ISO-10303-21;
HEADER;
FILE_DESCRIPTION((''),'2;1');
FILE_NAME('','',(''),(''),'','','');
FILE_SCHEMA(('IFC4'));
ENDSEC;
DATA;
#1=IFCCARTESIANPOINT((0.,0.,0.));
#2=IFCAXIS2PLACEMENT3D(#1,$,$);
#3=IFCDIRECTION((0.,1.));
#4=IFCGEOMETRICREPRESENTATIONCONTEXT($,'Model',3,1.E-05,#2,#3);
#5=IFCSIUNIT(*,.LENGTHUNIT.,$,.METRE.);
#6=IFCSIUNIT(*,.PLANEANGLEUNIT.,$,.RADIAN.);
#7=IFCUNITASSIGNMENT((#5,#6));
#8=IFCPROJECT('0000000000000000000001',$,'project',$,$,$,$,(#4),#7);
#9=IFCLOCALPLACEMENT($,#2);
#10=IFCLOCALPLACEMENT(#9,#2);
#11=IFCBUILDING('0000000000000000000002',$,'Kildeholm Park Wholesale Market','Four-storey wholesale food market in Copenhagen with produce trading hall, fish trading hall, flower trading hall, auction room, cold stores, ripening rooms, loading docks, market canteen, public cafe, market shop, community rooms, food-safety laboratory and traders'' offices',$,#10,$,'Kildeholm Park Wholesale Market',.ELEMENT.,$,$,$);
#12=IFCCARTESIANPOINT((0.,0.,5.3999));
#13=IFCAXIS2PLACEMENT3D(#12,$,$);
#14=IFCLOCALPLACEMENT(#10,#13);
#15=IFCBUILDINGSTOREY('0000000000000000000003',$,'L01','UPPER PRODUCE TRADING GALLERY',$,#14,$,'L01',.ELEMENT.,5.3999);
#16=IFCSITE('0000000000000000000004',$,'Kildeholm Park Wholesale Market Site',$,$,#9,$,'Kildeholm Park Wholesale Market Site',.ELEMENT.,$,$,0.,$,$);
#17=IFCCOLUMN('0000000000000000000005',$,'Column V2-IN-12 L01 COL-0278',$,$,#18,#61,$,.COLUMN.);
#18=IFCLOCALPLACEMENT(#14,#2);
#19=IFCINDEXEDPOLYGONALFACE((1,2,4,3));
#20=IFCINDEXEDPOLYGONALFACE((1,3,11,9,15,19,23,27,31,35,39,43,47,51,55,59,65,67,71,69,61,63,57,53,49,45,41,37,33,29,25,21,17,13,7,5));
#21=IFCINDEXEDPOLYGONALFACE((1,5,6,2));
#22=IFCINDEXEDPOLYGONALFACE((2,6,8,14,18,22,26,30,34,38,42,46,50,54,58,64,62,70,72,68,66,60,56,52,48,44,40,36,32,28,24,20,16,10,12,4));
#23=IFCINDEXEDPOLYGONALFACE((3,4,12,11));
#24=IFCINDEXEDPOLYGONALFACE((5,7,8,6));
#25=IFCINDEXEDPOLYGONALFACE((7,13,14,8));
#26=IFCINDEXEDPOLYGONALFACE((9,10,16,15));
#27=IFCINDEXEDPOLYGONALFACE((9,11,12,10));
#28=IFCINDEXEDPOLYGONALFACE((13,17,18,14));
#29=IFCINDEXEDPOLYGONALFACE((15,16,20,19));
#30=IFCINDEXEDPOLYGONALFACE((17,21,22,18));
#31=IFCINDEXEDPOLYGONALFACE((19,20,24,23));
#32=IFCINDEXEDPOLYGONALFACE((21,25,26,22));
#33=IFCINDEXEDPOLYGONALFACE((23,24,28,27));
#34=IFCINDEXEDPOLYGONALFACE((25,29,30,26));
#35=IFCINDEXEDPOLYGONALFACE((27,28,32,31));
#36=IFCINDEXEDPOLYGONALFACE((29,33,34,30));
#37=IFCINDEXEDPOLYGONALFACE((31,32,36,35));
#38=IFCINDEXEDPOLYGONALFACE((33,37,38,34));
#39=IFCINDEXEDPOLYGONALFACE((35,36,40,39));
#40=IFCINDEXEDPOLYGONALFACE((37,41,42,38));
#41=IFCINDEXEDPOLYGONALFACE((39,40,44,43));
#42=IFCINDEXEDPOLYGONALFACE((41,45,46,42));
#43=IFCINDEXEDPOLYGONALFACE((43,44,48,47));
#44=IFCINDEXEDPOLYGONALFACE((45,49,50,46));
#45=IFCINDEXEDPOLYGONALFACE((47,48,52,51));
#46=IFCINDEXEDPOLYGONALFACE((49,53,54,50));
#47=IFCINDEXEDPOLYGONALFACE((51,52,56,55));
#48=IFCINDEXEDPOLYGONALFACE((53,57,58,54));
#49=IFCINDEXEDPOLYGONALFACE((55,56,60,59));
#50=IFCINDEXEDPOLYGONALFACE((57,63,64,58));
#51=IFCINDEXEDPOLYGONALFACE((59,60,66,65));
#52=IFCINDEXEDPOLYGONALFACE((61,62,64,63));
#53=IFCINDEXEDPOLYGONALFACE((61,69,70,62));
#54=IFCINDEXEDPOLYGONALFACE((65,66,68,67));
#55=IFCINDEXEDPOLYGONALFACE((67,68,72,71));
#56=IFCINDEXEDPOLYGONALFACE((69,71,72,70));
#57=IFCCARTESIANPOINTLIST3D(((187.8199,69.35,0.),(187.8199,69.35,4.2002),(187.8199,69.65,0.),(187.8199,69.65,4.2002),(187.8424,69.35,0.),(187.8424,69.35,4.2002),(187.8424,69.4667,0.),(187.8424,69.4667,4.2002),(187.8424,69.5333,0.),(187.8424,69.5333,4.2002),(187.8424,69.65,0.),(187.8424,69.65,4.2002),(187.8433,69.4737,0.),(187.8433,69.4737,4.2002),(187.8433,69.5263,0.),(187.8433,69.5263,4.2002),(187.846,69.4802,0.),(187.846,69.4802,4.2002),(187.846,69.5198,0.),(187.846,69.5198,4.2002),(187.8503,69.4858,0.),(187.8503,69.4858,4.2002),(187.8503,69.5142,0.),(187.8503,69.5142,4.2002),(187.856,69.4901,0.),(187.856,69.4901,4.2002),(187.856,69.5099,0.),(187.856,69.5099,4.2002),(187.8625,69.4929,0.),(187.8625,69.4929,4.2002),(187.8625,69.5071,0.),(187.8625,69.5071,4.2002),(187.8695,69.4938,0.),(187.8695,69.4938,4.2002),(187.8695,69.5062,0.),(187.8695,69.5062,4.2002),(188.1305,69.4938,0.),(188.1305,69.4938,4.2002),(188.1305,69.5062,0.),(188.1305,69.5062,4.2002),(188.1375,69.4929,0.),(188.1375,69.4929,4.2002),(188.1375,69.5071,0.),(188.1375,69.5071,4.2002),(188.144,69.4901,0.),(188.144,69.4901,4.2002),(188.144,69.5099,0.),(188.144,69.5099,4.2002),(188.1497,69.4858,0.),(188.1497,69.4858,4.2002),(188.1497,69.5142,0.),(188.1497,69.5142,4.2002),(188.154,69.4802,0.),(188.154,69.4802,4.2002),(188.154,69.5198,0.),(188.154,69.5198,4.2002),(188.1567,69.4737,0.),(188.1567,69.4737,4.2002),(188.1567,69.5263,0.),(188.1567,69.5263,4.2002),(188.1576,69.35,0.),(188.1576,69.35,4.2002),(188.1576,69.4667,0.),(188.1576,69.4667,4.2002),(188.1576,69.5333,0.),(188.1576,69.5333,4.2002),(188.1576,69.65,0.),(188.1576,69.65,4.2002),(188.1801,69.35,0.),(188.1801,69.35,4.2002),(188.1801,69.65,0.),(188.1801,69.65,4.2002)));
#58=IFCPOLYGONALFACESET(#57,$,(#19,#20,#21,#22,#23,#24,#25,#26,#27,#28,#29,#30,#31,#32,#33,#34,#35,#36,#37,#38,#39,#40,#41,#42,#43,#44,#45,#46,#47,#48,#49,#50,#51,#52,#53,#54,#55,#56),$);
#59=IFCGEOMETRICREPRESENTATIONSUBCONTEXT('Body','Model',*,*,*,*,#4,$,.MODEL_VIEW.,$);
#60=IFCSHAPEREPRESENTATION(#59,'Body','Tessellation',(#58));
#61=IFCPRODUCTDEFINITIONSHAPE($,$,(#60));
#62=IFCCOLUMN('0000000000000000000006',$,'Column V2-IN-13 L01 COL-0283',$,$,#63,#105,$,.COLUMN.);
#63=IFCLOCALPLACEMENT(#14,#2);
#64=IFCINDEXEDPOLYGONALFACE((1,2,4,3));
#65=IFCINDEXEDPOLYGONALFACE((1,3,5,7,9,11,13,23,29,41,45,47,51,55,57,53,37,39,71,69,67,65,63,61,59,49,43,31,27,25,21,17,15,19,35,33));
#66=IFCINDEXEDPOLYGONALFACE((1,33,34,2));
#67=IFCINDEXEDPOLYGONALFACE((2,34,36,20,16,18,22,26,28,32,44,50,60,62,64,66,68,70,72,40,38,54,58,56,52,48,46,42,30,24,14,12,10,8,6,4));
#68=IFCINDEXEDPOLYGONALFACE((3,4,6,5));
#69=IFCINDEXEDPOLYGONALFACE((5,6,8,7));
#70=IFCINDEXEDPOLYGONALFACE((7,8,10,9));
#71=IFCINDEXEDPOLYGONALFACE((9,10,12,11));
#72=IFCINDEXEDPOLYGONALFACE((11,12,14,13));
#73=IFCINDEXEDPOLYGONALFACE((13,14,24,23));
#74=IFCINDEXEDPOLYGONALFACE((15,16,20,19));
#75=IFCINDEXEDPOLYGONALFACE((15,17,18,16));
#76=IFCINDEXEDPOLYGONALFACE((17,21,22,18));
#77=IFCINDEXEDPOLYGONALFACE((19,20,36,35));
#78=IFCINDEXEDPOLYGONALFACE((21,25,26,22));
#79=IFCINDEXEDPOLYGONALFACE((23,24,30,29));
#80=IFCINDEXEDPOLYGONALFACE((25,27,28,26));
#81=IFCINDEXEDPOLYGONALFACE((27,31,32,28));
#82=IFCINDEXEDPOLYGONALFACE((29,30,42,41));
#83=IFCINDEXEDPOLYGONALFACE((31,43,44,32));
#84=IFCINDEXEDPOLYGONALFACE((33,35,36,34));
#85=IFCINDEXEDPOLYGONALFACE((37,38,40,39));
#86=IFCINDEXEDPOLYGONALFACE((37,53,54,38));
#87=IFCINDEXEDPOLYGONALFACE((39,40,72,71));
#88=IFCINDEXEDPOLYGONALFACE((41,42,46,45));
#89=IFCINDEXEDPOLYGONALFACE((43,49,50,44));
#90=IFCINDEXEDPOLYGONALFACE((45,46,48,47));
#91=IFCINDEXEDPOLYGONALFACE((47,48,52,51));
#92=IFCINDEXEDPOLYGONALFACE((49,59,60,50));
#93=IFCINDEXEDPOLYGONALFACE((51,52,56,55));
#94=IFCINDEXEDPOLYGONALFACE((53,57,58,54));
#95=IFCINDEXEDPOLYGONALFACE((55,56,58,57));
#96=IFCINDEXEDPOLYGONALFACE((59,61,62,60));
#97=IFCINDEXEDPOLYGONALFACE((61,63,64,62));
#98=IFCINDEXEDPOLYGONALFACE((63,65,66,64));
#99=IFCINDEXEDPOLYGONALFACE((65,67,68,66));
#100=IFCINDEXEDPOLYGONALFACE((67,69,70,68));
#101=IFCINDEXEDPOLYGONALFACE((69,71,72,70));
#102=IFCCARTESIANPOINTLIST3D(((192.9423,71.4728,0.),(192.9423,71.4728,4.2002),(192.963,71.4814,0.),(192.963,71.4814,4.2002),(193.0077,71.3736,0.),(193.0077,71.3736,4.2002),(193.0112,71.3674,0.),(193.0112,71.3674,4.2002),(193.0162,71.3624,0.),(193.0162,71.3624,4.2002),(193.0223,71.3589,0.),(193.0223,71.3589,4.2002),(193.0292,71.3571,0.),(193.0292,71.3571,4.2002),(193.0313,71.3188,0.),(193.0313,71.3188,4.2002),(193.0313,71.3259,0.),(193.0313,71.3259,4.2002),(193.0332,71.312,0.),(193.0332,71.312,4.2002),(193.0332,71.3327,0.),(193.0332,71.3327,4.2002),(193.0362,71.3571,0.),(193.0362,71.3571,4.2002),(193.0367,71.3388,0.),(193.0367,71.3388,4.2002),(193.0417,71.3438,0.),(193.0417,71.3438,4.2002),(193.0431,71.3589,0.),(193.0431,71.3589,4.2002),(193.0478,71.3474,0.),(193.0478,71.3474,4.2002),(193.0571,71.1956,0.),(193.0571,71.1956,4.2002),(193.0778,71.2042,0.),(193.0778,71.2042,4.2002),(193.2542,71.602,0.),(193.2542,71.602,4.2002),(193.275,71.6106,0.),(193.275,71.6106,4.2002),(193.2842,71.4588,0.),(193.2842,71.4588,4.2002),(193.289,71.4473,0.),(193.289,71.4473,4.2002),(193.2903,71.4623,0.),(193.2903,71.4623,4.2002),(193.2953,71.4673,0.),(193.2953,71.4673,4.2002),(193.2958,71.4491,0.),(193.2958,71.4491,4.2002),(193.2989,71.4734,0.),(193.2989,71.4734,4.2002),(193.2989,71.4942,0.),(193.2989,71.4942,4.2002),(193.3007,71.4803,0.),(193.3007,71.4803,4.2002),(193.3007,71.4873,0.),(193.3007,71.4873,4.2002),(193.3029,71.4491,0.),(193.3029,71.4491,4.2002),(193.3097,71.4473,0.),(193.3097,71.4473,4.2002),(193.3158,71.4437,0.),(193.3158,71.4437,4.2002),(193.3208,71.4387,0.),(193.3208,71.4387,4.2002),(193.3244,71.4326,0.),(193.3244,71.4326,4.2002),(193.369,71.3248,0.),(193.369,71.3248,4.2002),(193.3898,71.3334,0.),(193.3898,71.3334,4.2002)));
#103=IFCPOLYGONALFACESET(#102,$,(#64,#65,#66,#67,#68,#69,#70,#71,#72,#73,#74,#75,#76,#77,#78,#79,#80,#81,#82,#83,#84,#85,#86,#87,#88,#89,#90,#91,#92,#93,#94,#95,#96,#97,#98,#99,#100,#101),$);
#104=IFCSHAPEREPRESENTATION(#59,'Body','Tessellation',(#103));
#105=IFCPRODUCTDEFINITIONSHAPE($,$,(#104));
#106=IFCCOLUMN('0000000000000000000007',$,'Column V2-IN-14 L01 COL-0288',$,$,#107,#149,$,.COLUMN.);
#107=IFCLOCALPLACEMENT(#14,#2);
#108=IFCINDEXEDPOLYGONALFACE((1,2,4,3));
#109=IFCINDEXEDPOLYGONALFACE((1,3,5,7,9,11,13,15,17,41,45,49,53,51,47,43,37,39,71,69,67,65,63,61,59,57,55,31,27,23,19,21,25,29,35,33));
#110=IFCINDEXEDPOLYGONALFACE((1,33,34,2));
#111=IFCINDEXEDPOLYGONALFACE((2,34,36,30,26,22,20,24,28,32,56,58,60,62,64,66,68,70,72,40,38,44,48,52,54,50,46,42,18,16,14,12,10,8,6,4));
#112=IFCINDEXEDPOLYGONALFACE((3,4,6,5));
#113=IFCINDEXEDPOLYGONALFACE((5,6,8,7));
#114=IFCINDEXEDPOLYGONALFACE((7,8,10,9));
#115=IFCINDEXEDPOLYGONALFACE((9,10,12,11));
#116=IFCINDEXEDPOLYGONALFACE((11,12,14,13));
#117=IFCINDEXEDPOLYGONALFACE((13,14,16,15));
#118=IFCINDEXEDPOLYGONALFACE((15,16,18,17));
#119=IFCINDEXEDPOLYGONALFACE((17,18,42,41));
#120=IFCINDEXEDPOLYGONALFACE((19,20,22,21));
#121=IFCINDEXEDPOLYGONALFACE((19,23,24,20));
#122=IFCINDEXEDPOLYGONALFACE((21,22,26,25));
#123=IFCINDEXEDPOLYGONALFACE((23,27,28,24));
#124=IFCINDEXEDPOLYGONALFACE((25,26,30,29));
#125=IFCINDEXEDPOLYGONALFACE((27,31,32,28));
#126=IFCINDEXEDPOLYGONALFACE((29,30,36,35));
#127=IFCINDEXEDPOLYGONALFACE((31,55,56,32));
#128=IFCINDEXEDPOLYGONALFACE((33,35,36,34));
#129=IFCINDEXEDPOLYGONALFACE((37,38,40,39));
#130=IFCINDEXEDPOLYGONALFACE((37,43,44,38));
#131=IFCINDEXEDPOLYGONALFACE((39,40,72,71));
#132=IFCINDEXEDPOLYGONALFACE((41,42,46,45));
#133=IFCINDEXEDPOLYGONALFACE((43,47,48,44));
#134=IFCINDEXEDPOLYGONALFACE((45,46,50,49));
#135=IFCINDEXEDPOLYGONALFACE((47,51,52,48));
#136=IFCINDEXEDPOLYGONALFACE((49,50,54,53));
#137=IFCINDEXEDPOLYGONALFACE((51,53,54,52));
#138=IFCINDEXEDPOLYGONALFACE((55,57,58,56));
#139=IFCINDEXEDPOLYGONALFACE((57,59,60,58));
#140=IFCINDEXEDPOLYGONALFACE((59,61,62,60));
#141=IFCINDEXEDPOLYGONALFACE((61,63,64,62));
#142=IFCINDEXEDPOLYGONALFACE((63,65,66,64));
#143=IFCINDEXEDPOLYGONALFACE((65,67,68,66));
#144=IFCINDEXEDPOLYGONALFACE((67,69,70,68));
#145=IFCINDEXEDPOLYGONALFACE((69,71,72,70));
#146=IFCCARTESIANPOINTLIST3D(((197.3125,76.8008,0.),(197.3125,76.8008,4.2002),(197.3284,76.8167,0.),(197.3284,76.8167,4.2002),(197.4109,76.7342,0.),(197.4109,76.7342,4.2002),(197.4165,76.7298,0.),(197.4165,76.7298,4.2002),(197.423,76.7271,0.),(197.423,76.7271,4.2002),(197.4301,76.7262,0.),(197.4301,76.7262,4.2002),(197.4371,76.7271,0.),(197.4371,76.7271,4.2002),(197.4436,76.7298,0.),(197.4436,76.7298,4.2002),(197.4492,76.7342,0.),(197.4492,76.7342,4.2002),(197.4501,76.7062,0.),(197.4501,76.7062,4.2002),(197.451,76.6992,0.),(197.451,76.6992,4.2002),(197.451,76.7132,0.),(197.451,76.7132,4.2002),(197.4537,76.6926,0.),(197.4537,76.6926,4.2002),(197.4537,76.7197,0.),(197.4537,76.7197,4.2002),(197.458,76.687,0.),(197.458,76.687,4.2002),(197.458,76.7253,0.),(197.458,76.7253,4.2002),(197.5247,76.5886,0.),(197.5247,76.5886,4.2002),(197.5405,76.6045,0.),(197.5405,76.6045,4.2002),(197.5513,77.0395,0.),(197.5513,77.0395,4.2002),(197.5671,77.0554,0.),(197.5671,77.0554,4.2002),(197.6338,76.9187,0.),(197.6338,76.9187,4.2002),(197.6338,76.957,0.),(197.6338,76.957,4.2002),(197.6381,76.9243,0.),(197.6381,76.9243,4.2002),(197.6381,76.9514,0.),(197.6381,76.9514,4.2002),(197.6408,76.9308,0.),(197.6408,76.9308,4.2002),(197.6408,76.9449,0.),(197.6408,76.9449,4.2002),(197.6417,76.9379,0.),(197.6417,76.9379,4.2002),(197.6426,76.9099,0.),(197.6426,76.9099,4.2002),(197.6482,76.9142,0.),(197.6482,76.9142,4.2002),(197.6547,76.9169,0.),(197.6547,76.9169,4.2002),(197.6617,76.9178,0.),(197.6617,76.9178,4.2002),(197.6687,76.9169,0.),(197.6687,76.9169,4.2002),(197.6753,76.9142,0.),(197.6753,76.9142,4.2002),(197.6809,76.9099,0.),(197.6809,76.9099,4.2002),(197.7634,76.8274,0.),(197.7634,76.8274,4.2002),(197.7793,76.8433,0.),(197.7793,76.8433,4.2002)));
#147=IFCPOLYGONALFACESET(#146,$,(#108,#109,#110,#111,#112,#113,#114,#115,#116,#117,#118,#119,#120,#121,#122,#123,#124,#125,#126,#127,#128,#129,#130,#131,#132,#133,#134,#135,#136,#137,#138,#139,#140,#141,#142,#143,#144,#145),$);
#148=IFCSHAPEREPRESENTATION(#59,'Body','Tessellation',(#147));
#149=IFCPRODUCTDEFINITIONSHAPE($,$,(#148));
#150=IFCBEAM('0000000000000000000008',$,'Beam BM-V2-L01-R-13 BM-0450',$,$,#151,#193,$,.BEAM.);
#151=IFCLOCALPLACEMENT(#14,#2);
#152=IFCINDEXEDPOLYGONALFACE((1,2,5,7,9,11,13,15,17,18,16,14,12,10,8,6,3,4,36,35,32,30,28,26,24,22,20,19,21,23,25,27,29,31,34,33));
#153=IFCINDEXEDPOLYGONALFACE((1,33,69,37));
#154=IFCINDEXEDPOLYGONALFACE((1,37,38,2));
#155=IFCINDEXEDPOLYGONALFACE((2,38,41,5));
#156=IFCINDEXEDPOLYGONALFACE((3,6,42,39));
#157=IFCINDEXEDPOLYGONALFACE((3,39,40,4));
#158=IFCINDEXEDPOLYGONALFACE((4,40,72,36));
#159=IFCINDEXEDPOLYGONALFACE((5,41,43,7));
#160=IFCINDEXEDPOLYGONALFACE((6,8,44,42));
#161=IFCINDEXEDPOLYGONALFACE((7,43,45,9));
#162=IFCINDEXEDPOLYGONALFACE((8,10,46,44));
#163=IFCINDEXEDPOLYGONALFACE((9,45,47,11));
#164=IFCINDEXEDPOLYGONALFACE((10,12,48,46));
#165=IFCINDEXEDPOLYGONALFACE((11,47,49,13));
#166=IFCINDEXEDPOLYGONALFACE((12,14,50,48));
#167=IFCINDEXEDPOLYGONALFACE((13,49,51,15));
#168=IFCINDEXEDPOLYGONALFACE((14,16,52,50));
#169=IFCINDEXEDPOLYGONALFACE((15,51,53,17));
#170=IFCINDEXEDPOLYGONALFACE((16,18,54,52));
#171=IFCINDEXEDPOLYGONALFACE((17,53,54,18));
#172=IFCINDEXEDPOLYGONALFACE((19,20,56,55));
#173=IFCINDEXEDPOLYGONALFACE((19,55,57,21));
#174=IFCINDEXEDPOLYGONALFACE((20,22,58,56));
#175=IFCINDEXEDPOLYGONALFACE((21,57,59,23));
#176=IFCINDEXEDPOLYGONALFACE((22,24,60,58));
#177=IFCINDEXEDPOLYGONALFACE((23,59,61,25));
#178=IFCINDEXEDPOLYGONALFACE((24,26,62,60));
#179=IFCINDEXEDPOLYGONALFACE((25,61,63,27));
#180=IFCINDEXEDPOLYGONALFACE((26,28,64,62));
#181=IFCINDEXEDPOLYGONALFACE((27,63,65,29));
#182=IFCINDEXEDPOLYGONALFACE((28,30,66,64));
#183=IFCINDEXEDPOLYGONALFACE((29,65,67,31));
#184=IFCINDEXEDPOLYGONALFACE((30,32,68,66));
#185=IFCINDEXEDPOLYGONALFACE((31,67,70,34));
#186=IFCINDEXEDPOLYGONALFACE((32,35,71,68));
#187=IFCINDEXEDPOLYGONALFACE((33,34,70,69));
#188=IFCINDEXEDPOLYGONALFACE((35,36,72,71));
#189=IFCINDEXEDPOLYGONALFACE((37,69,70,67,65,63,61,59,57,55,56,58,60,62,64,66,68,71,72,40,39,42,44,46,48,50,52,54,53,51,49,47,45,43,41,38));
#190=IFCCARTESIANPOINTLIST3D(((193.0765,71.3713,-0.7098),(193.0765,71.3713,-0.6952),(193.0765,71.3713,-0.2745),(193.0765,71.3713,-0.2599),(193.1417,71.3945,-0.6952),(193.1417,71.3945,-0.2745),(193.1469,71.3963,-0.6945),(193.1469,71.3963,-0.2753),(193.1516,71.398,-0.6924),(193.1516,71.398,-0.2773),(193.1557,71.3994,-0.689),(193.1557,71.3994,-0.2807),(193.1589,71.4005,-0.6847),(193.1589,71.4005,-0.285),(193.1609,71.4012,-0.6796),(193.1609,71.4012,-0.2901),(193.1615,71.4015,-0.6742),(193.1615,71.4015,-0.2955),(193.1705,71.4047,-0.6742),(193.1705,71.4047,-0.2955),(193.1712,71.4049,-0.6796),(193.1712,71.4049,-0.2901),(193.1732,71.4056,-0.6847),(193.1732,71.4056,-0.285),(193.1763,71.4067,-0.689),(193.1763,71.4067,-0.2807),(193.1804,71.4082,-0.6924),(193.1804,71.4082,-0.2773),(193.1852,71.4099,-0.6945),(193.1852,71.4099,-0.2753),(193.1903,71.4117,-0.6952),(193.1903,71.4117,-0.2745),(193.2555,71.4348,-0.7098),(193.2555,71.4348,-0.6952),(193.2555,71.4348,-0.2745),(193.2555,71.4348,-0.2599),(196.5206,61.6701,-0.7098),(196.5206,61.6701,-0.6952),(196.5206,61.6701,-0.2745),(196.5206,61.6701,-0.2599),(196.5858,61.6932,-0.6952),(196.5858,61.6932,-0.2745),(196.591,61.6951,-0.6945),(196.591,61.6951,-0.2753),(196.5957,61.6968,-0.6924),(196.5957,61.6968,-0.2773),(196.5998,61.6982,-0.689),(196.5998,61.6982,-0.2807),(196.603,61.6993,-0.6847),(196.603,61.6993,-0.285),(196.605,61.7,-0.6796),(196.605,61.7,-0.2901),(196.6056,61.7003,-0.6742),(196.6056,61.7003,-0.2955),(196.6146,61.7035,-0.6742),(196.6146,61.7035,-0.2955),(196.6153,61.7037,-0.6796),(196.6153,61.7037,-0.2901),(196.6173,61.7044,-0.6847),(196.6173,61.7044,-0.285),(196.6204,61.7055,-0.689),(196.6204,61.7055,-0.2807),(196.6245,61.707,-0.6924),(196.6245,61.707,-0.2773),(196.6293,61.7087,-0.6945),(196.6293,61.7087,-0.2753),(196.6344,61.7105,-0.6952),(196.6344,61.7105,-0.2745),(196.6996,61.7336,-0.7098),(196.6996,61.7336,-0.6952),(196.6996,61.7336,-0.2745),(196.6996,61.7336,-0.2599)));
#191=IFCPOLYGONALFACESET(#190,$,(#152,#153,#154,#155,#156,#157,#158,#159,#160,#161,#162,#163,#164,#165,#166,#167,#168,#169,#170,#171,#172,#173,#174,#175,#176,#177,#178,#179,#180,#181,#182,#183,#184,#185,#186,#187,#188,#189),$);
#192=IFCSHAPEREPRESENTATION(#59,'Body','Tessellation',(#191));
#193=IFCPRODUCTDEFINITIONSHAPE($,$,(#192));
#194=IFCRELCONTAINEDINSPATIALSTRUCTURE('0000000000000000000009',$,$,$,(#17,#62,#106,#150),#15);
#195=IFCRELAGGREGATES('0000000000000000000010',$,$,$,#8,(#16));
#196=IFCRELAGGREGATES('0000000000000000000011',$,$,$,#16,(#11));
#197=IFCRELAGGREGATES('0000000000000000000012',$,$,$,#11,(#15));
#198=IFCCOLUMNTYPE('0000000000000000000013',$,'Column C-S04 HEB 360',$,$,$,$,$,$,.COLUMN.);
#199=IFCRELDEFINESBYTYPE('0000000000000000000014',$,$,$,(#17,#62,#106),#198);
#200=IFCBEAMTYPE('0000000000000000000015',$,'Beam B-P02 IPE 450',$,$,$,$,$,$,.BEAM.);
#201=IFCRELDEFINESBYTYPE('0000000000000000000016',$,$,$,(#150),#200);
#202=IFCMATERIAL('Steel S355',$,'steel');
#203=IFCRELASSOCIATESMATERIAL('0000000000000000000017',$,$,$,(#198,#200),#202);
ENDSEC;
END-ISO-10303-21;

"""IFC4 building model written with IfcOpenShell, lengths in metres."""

from ifc_helpers import new_model, si_unit, direction, frame, origin, origin_2d, place, context, subcontext, project, spatial, i_section, extrude, material, material_profile, profile_set, type_object, element, save


model = new_model("IFC4")

# Units and contexts
model_context = context("Model", 3, precision=1e-05, world=origin(), true_north=direction((0.0, 1.0)))
body_context = subcontext(model_context, "Body", "Model", "MODEL_VIEW")
ifc_project = project(units=[si_unit("LENGTHUNIT", "METRE"), si_unit("PLANEANGLEUNIT", "RADIAN")], contexts=[model_context])

# Site, building, storey
site_placement = place(None, origin())
site = spatial("IfcSite", under=ifc_project, at=site_placement, Name="Kildeholm Park Wholesale Market Site", LongName="Kildeholm Park Wholesale Market Site", CompositionType="ELEMENT", RefElevation=0.0)
building_placement = place(site_placement, origin())
building = spatial("IfcBuilding", under=site, at=building_placement, Name="Kildeholm Park Wholesale Market", Description="Four-storey wholesale food market in Copenhagen with produce trading hall, fish trading hall, flower trading hall, auction room, cold stores, ripening rooms, loading docks, market canteen, public cafe, market shop, community rooms, food-safety laboratory and traders' offices", LongName="Kildeholm Park Wholesale Market", CompositionType="ELEMENT")
storey_placement = place(building_placement, frame((0.0, 0.0, 5.3999)))
storey = spatial("IfcBuildingStorey", under=building, at=storey_placement, Name="L01", Description="UPPER PRODUCE TRADING GALLERY", LongName="L01", CompositionType="ELEMENT", Elevation=5.3999)

# Columns
ifc_material_1 = material(Name="Steel S355", Category="steel")
ifc_material_profile_1 = material_profile(ifc_material_1, i_section(OverallWidth=0.3, OverallDepth=0.3601, WebThickness=0.0125, FlangeThickness=0.0225, FilletRadius=0.0271, at=origin_2d()), Name="HEB 360")
ifc_profile_set_1 = profile_set([ifc_material_profile_1], Name="Steel S355")
column_type = type_object("IfcColumnType", Name="Column C-S04 HEB 360", PredefinedType="COLUMN", material=ifc_profile_set_1)
for number, where, z_axis, x_axis, name in (
    (1, (188.0, 69.5, 0.0), (0.0, 0.0, 1.0), (0.0, -1.0, 0.0), "Column V2-IN-12 L01 COL-0278"),
    (2, (193.166, 71.4031, 0.0), (0.0, 0.0, 1.0), (0.382683, -0.92388, 0.0), "Column V2-IN-13 L01 COL-0283"),
    (3, (197.5459, 76.822, 0.0), (0.0, 0.0, 1.0), (0.707107, -0.707107, 0.0), "Column V2-IN-14 L01 COL-0288"),
):
    element("IfcColumn", number, at=place(storey_placement, frame(where, z_axis=z_axis, x_axis=x_axis)), inside=storey, type_object=column_type, Name=name, PredefinedType="COLUMN", context=body_context, shape_type="SweptSolid", body=[
        extrude(i_section(OverallWidth=0.3, OverallDepth=0.3601, WebThickness=0.0125, FlangeThickness=0.0225, FilletRadius=0.0271, at=origin_2d()), origin(), (0.0, 0.0, 1.0), 4.2002),
    ])

# Beam
ifc_material_profile_2 = material_profile(ifc_material_1, i_section(OverallWidth=0.1899, OverallDepth=0.45, WebThickness=0.0095, FlangeThickness=0.0146, FilletRadius=0.021, at=origin_2d()), Name="IPE 450")
ifc_profile_set_2 = profile_set([ifc_material_profile_2], Name="Steel S355")
beam_type_1 = type_object("IfcBeamType", Name="Beam B-P02 IPE 450", PredefinedType="BEAM", material=ifc_profile_set_2)
beam_1_placement = place(storey_placement, frame((193.166, 71.4031, -0.4849), z_axis=(0.33456, -0.942374, 0.0), x_axis=(0.942374, 0.33456, 0.0)))
element("IfcBeam", 4, at=beam_1_placement, inside=storey, type_object=beam_type_1, Name="Beam BM-V2-L01-R-13 BM-0450", PredefinedType="BEAM", context=body_context, shape_type="SweptSolid", body=[
    extrude(i_section(OverallWidth=0.1899, OverallDepth=0.45, WebThickness=0.0095, FlangeThickness=0.0146, FilletRadius=0.021, at=origin_2d()), origin(), (0.0, 0.0, 1.0), 10.2944),
])

save(model, "model.ifc")
